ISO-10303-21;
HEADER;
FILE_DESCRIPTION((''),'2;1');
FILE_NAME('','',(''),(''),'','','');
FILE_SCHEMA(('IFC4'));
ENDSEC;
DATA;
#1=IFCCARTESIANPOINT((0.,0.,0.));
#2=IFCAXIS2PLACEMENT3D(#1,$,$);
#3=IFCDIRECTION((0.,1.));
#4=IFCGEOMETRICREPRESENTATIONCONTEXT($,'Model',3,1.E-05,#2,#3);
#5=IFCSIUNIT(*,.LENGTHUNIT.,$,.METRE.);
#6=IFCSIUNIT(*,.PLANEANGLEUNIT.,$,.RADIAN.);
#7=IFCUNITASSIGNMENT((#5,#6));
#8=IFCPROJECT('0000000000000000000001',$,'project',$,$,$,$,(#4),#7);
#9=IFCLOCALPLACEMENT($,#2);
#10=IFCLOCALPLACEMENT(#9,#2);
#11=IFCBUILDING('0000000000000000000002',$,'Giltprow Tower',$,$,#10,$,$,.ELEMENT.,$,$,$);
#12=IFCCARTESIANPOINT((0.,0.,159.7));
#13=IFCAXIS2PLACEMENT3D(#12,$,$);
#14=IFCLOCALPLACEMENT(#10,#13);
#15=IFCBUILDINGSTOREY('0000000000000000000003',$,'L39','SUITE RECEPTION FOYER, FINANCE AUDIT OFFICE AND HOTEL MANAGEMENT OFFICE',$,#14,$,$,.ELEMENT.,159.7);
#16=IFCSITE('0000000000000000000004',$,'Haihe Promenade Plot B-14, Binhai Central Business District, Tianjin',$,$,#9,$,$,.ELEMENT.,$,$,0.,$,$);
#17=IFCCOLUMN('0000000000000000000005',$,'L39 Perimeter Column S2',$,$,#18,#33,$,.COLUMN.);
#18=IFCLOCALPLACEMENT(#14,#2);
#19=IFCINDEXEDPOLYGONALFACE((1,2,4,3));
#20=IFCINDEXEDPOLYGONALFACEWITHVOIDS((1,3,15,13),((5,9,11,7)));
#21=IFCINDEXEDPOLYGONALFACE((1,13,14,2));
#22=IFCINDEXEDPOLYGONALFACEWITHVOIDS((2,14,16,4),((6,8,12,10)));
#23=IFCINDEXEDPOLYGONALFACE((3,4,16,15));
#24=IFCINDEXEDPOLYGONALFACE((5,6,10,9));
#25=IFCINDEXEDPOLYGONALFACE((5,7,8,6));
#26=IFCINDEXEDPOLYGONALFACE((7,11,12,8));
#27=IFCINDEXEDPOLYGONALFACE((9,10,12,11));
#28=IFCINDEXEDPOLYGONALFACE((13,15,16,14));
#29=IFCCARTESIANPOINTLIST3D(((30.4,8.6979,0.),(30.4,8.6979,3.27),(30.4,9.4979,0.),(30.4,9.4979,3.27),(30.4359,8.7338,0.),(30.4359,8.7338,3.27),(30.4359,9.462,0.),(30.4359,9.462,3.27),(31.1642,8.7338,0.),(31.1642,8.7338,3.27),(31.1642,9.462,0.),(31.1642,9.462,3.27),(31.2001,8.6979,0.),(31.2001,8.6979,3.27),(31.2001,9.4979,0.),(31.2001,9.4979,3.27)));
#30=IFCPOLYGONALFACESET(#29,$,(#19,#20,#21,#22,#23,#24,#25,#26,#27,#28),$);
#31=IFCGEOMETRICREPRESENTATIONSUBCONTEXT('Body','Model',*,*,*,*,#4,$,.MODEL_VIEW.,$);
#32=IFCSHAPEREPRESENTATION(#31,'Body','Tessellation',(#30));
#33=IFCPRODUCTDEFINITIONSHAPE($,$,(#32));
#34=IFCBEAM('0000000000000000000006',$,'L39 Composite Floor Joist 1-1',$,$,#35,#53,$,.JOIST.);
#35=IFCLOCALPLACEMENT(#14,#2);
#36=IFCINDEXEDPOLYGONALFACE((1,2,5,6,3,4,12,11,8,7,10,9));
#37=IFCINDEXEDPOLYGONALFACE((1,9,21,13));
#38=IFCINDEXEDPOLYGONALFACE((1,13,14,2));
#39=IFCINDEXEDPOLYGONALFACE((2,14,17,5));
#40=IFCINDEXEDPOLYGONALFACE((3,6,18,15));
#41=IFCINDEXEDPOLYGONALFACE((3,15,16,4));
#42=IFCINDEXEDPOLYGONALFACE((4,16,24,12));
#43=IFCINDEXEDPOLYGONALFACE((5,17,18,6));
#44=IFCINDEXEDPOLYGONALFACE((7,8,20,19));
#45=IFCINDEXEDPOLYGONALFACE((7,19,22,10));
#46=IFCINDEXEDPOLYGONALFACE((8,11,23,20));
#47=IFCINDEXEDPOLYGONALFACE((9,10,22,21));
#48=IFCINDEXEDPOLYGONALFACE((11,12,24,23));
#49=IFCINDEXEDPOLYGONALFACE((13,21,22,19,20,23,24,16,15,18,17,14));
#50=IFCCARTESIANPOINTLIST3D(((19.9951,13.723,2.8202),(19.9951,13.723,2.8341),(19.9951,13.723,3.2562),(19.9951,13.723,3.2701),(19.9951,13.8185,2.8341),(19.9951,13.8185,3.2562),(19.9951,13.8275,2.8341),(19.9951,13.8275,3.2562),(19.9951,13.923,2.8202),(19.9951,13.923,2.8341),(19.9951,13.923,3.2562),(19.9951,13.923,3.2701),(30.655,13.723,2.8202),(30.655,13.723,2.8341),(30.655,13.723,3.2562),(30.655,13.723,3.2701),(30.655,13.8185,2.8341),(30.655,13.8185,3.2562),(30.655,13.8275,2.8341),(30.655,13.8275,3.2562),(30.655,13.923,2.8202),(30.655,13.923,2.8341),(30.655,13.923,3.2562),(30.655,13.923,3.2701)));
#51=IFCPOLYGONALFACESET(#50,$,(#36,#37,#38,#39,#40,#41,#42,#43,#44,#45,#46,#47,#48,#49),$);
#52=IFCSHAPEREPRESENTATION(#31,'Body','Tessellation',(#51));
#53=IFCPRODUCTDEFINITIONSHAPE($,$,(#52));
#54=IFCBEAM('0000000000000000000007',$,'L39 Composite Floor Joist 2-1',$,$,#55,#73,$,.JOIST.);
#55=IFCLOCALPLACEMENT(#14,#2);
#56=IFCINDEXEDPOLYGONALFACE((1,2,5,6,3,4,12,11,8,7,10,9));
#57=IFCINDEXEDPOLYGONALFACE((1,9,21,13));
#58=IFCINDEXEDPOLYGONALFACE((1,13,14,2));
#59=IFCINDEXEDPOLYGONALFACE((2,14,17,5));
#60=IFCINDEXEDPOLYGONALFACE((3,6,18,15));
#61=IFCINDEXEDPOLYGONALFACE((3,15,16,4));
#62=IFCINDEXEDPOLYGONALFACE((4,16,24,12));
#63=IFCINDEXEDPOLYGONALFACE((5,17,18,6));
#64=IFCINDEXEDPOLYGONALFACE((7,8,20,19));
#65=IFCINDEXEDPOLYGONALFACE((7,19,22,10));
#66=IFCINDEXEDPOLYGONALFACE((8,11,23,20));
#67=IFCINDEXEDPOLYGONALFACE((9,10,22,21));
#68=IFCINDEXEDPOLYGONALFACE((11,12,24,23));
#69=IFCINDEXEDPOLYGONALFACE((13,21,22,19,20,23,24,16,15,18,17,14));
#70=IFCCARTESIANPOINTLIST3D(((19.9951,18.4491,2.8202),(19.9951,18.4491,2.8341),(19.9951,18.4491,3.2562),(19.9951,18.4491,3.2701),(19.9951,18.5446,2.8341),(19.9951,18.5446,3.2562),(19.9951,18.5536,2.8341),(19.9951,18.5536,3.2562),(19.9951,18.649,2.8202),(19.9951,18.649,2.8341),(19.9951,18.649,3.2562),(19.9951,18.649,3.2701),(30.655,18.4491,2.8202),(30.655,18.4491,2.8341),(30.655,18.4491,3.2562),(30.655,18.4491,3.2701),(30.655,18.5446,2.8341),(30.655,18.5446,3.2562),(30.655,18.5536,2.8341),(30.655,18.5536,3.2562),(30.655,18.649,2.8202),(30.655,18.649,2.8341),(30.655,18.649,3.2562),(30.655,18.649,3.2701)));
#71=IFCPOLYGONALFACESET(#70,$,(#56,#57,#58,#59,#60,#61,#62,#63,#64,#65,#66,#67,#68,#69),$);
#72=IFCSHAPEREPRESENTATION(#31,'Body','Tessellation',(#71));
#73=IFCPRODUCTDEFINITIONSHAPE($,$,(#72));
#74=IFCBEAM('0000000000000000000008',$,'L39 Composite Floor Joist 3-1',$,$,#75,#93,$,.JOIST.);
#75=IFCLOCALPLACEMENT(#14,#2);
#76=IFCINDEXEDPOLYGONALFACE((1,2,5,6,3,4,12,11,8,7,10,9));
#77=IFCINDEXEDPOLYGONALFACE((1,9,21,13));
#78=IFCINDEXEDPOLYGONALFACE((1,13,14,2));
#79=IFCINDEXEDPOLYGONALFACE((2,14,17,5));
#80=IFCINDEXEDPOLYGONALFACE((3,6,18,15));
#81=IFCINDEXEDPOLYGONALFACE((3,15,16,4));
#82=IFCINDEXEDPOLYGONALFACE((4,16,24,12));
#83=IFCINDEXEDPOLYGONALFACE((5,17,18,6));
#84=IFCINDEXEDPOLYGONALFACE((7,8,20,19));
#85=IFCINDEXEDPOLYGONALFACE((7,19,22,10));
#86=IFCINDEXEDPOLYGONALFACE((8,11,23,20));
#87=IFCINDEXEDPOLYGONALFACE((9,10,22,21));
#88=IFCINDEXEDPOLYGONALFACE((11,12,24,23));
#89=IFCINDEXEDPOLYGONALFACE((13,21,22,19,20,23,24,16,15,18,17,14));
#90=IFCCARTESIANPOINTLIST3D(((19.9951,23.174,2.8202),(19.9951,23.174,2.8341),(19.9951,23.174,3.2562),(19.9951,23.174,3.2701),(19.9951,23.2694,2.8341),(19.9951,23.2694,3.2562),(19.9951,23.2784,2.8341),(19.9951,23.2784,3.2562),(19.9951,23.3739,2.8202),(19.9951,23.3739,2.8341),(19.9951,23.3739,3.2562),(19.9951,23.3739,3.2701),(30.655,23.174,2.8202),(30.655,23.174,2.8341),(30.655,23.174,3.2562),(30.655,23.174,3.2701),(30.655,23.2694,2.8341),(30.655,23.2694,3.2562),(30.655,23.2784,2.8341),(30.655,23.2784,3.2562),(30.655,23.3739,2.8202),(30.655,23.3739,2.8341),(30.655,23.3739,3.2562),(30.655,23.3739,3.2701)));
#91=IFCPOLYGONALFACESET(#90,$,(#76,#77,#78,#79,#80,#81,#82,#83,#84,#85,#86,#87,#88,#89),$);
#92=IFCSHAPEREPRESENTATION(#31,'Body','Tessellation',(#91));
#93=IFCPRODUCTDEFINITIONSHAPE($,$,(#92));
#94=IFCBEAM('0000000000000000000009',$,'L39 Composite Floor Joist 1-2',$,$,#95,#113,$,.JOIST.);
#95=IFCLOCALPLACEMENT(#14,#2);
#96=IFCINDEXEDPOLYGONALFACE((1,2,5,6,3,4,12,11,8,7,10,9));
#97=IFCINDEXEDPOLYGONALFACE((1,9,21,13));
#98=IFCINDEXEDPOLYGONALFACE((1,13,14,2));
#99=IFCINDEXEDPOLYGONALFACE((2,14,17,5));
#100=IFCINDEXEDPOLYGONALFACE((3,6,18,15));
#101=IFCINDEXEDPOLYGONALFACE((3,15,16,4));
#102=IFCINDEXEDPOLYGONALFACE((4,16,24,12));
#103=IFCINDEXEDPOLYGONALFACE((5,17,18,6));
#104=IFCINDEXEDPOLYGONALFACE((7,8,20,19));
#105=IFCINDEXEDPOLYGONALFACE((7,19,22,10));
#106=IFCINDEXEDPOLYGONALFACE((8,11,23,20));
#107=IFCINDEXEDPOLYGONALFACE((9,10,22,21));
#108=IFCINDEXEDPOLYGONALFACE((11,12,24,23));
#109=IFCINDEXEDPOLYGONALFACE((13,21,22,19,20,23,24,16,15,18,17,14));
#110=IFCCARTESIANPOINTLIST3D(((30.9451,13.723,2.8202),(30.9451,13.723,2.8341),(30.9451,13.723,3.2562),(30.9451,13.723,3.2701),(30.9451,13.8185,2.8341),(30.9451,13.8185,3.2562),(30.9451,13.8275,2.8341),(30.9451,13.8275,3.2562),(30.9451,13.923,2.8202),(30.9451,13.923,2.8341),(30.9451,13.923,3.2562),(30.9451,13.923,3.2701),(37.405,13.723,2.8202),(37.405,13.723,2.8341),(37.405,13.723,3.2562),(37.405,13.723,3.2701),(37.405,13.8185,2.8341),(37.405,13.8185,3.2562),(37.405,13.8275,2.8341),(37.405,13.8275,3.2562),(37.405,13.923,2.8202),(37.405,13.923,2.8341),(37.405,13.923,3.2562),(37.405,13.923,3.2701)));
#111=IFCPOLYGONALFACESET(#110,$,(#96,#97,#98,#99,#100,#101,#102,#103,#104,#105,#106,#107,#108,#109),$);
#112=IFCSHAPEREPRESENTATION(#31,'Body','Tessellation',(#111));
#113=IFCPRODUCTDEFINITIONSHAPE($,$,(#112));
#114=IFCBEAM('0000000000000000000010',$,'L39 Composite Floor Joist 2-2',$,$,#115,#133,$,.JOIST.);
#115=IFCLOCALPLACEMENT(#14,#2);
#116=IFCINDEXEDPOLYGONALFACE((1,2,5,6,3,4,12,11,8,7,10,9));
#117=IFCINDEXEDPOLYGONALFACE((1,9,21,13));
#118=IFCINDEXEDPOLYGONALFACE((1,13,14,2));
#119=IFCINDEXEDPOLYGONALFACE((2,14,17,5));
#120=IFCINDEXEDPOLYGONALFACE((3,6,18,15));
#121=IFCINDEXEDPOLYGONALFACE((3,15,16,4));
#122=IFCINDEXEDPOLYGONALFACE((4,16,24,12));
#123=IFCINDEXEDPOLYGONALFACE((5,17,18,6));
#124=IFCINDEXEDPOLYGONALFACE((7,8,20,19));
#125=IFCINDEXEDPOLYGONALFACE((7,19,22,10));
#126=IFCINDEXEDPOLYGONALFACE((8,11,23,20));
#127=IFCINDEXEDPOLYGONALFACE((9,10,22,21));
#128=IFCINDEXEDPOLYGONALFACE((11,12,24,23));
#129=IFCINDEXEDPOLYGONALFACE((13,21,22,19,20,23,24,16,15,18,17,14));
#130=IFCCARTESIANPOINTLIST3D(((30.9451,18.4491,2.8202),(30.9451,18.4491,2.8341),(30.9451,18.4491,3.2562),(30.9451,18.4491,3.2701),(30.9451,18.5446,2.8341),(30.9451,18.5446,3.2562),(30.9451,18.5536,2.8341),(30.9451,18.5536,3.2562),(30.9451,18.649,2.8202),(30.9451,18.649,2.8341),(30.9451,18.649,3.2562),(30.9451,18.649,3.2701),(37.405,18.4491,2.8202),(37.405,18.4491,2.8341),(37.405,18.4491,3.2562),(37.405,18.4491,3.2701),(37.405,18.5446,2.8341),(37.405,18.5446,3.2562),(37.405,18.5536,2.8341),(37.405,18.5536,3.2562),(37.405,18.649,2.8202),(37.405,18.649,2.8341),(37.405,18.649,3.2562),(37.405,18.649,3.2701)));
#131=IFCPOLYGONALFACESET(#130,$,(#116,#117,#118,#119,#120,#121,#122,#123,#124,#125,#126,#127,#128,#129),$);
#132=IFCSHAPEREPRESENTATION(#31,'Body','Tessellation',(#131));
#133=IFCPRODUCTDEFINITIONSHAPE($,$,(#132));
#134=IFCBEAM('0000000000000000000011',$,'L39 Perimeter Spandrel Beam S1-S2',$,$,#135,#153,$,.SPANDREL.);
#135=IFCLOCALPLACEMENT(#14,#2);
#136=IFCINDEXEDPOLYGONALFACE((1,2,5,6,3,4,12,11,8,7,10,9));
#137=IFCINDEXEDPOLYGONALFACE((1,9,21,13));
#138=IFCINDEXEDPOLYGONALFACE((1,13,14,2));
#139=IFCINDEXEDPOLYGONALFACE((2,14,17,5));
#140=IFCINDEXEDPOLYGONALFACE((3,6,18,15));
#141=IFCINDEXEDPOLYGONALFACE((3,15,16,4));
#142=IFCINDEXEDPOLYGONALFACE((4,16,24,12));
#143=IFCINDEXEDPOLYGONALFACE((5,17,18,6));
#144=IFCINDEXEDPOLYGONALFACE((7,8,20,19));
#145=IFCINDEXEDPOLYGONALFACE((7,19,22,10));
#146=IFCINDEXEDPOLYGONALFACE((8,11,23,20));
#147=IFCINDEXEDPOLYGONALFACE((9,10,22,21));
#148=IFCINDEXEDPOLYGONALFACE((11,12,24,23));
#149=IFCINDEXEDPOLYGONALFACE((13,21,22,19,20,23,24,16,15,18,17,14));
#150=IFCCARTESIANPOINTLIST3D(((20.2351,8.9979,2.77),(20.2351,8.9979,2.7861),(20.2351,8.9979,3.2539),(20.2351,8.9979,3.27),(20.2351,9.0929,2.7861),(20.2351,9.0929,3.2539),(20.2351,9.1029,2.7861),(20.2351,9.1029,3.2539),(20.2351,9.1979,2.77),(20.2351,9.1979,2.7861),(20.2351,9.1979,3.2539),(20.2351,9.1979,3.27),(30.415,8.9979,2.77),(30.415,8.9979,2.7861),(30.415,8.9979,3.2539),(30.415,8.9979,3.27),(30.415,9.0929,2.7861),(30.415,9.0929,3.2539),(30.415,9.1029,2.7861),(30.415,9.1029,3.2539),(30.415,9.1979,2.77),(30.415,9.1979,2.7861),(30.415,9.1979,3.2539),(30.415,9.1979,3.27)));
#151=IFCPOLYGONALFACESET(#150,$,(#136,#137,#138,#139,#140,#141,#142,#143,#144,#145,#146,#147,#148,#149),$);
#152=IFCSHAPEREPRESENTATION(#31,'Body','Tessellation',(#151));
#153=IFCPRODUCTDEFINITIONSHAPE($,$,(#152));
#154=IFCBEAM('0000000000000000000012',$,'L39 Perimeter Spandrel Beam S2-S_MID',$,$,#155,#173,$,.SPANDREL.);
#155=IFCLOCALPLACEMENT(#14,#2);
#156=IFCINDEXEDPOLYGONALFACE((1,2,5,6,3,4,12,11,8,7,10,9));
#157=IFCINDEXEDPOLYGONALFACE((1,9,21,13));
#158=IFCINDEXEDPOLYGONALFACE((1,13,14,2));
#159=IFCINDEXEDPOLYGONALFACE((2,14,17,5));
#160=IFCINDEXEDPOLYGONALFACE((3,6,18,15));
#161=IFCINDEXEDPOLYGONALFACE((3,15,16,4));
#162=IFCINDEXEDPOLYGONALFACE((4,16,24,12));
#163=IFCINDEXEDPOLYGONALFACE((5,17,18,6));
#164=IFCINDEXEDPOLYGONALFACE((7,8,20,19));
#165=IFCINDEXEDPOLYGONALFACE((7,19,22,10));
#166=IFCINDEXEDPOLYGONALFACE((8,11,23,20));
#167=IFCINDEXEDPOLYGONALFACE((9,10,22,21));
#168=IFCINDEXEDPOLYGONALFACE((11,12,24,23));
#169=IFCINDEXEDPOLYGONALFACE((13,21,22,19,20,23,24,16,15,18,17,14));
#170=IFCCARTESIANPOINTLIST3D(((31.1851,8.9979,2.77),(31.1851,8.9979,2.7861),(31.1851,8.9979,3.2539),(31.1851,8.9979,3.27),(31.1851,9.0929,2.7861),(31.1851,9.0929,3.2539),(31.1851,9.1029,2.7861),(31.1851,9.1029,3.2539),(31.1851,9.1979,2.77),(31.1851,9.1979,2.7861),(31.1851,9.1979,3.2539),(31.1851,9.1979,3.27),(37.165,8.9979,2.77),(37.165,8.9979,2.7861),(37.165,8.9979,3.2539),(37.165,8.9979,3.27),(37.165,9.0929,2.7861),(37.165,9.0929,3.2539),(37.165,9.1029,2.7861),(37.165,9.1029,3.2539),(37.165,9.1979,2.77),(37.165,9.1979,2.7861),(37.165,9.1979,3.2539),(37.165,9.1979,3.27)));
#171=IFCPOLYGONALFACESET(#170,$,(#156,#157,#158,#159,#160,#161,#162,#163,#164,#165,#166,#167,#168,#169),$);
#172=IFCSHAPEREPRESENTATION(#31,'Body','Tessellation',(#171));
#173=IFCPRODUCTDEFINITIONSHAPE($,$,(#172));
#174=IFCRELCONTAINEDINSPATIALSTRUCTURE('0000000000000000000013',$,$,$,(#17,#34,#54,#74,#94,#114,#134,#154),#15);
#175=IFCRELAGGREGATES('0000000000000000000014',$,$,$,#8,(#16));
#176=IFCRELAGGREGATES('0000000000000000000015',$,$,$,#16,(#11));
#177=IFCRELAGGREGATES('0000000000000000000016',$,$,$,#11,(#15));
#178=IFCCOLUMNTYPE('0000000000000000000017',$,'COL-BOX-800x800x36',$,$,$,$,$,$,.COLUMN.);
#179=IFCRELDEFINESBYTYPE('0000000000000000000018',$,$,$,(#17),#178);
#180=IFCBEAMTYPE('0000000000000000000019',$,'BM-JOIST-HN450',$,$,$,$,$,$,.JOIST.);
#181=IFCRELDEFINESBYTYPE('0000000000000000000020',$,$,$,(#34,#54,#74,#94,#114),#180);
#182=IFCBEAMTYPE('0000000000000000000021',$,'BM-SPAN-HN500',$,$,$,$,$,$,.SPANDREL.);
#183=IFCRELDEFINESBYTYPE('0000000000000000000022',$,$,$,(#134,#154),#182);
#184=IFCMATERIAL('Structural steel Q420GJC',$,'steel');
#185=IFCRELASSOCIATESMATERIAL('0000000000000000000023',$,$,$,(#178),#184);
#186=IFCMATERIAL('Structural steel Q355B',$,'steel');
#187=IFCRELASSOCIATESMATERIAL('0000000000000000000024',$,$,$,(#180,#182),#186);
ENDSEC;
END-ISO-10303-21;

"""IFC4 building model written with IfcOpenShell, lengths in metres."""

from ifc_helpers import new_model, si_unit, direction, frame, origin, origin_2d, place, context, subcontext, project, spatial, hollow_rectangle, i_section, extrude, source, transform, mapped, material, material_profile, profile_set, type_object, element, save


model = new_model("IFC4")

# Units and contexts
model_context = context("Model", 3, precision=1e-05, world=origin(), true_north=direction((0.0, 1.0)))
body_context = subcontext(model_context, "Body", "Model", "MODEL_VIEW")
ifc_project = project(units=[si_unit("LENGTHUNIT", "METRE"), si_unit("PLANEANGLEUNIT", "RADIAN")], contexts=[model_context])

# Site, building, storey
site_placement = place(None, origin())
site = spatial("IfcSite", under=ifc_project, at=site_placement, Name="Haihe Promenade Plot B-14, Binhai Central Business District, Tianjin", CompositionType="ELEMENT", RefElevation=0.0)
building_placement = place(site_placement, origin())
building = spatial("IfcBuilding", under=site, at=building_placement, Name="Giltprow Tower", CompositionType="ELEMENT")
storey_placement = place(building_placement, frame((0.0, 0.0, 159.7)))
storey = spatial("IfcBuildingStorey", under=building, at=storey_placement, Name="L39", Description="SUITE RECEPTION FOYER, FINANCE AUDIT OFFICE AND HOTEL MANAGEMENT OFFICE", CompositionType="ELEMENT", Elevation=159.7)

# Column
ifc_material_1 = material(Name="Structural steel Q420GJC", Category="steel")
ifc_material_profile_1 = material_profile(ifc_material_1, hollow_rectangle(XDim=0.8, YDim=0.8, WallThickness=0.0359, at=origin_2d()), Name="BOX 800x800x36")
ifc_profile_set_1 = profile_set([ifc_material_profile_1], Name="Structural steel Q420GJC")
column_type = type_object("IfcColumnType", Name="COL-BOX-800x800x36", PredefinedType="COLUMN", material=ifc_profile_set_1)
shared_shape_1 = source(origin(), body_context, "Body", "SweptSolid", [
    extrude(hollow_rectangle(XDim=0.8, YDim=0.8, WallThickness=0.0359, at=origin_2d()), origin(), (0.0, 0.0, 1.0), 3.27),
])
column_placement = place(storey_placement, frame((30.8, 9.0979, 0.0), z_axis=(0.0, 0.0, 1.0), x_axis=(1.0, 0.0, 0.0)))
element("IfcColumn", 1, at=column_placement, inside=storey, type_object=column_type, Name="L39 Perimeter Column S2", PredefinedType="COLUMN", context=body_context, shape_type="MappedRepresentation", body=[
    mapped(shared_shape_1, transform((0.0, 0.0, 0.0), x_axis=(1.0, 0.0, 0.0), y_axis=(0.0, 1.0, 0.0), z_axis=(0.0, 0.0, 1.0), scale=1.0)),
])

# Beams
ifc_material_2 = material(Name="Structural steel Q355B", Category="steel")
ifc_material_profile_2 = material_profile(ifc_material_2, i_section(OverallWidth=0.2, OverallDepth=0.45, WebThickness=0.009, FlangeThickness=0.0139, at=origin_2d()), Name="HN 450x200x9x14")
ifc_profile_set_2 = profile_set([ifc_material_profile_2], Name="Structural steel Q355B")
beam_type_1 = type_object("IfcBeamType", Name="BM-JOIST-HN450", PredefinedType="JOIST", material=ifc_profile_set_2)
shared_shape_2 = source(origin(), body_context, "Body", "SweptSolid", [
    extrude(i_section(OverallWidth=0.2, OverallDepth=0.45, WebThickness=0.009, FlangeThickness=0.0139, at=origin_2d()), origin(), (0.0, 0.0, 1.0), 10.6599),
])
for number, where, z_axis, x_axis, name in (
    (2, (19.9951, 13.823, 3.0452), (1.0, 0.0, 0.0), (0.0, 1.0, 0.0), "L39 Composite Floor Joist 1-1"),
    (3, (19.9951, 18.5491, 3.0452), (1.0, 0.0, 0.0), (0.0, 1.0, 0.0), "L39 Composite Floor Joist 2-1"),
    (4, (19.9951, 23.2739, 3.0452), (1.0, 0.0, 0.0), (0.0, 1.0, 0.0), "L39 Composite Floor Joist 3-1"),
):
    element("IfcBeam", number, at=place(storey_placement, frame(where, z_axis=z_axis, x_axis=x_axis)), inside=storey, type_object=beam_type_1, Name=name, PredefinedType="JOIST", context=body_context, shape_type="MappedRepresentation", body=[
        mapped(shared_shape_2, transform((0.0, 0.0, 0.0), x_axis=(1.0, 0.0, 0.0), y_axis=(0.0, 1.0, 0.0), z_axis=(0.0, 0.0, 1.0), scale=1.0)),
    ])
shared_shape_3 = source(origin(), body_context, "Body", "SweptSolid", [
    extrude(i_section(OverallWidth=0.2, OverallDepth=0.45, WebThickness=0.009, FlangeThickness=0.0139, at=origin_2d()), origin(), (0.0, 0.0, 1.0), 6.46),
])
for number, where, z_axis, x_axis, name in (
    (5, (30.9451, 13.823, 3.0452), (1.0, 0.0, 0.0), (0.0, 1.0, 0.0), "L39 Composite Floor Joist 1-2"),
    (6, (30.9451, 18.5491, 3.0452), (1.0, 0.0, 0.0), (0.0, 1.0, 0.0), "L39 Composite Floor Joist 2-2"),
):
    element("IfcBeam", number, at=place(storey_placement, frame(where, z_axis=z_axis, x_axis=x_axis)), inside=storey, type_object=beam_type_1, Name=name, PredefinedType="JOIST", context=body_context, shape_type="MappedRepresentation", body=[
        mapped(shared_shape_3, transform((0.0, 0.0, 0.0), x_axis=(1.0, 0.0, 0.0), y_axis=(0.0, 1.0, 0.0), z_axis=(0.0, 0.0, 1.0), scale=1.0)),
    ])
ifc_material_profile_3 = material_profile(ifc_material_2, i_section(OverallWidth=0.2, OverallDepth=0.5, WebThickness=0.01, FlangeThickness=0.0161, at=origin_2d()), Name="HN 500x200x10x16")
ifc_profile_set_3 = profile_set([ifc_material_profile_3], Name="Structural steel Q355B")
beam_type_2 = type_object("IfcBeamType", Name="BM-SPAN-HN500", PredefinedType="SPANDREL", material=ifc_profile_set_3)
shared_shape_4 = source(origin(), body_context, "Body", "SweptSolid", [
    extrude(i_section(OverallWidth=0.2, OverallDepth=0.5, WebThickness=0.01, FlangeThickness=0.0161, at=origin_2d()), origin(), (0.0, 0.0, 1.0), 10.1799),
])
beam_1_placement = place(storey_placement, frame((20.2351, 9.0979, 3.02), z_axis=(1.0, 0.0, 0.0), x_axis=(0.0, 1.0, 0.0)))
element("IfcBeam", 7, at=beam_1_placement, inside=storey, type_object=beam_type_2, Name="L39 Perimeter Spandrel Beam S1-S2", PredefinedType="SPANDREL", context=body_context, shape_type="MappedRepresentation", body=[
    mapped(shared_shape_4, transform((0.0, 0.0, 0.0), x_axis=(1.0, 0.0, 0.0), y_axis=(0.0, 1.0, 0.0), z_axis=(0.0, 0.0, 1.0), scale=1.0)),
])
shared_shape_5 = source(origin(), body_context, "Body", "SweptSolid", [
    extrude(i_section(OverallWidth=0.2, OverallDepth=0.5, WebThickness=0.01, FlangeThickness=0.0161, at=origin_2d()), origin(), (0.0, 0.0, 1.0), 5.98),
])
beam_2_placement = place(storey_placement, frame((31.1851, 9.0979, 3.02), z_axis=(1.0, 0.0, 0.0), x_axis=(0.0, 1.0, 0.0)))
element("IfcBeam", 8, at=beam_2_placement, inside=storey, type_object=beam_type_2, Name="L39 Perimeter Spandrel Beam S2-S_MID", PredefinedType="SPANDREL", context=body_context, shape_type="MappedRepresentation", body=[
    mapped(shared_shape_5, transform((0.0, 0.0, 0.0), x_axis=(1.0, 0.0, 0.0), y_axis=(0.0, 1.0, 0.0), z_axis=(0.0, 0.0, 1.0), scale=1.0)),
])

save(model, "model.ifc")
